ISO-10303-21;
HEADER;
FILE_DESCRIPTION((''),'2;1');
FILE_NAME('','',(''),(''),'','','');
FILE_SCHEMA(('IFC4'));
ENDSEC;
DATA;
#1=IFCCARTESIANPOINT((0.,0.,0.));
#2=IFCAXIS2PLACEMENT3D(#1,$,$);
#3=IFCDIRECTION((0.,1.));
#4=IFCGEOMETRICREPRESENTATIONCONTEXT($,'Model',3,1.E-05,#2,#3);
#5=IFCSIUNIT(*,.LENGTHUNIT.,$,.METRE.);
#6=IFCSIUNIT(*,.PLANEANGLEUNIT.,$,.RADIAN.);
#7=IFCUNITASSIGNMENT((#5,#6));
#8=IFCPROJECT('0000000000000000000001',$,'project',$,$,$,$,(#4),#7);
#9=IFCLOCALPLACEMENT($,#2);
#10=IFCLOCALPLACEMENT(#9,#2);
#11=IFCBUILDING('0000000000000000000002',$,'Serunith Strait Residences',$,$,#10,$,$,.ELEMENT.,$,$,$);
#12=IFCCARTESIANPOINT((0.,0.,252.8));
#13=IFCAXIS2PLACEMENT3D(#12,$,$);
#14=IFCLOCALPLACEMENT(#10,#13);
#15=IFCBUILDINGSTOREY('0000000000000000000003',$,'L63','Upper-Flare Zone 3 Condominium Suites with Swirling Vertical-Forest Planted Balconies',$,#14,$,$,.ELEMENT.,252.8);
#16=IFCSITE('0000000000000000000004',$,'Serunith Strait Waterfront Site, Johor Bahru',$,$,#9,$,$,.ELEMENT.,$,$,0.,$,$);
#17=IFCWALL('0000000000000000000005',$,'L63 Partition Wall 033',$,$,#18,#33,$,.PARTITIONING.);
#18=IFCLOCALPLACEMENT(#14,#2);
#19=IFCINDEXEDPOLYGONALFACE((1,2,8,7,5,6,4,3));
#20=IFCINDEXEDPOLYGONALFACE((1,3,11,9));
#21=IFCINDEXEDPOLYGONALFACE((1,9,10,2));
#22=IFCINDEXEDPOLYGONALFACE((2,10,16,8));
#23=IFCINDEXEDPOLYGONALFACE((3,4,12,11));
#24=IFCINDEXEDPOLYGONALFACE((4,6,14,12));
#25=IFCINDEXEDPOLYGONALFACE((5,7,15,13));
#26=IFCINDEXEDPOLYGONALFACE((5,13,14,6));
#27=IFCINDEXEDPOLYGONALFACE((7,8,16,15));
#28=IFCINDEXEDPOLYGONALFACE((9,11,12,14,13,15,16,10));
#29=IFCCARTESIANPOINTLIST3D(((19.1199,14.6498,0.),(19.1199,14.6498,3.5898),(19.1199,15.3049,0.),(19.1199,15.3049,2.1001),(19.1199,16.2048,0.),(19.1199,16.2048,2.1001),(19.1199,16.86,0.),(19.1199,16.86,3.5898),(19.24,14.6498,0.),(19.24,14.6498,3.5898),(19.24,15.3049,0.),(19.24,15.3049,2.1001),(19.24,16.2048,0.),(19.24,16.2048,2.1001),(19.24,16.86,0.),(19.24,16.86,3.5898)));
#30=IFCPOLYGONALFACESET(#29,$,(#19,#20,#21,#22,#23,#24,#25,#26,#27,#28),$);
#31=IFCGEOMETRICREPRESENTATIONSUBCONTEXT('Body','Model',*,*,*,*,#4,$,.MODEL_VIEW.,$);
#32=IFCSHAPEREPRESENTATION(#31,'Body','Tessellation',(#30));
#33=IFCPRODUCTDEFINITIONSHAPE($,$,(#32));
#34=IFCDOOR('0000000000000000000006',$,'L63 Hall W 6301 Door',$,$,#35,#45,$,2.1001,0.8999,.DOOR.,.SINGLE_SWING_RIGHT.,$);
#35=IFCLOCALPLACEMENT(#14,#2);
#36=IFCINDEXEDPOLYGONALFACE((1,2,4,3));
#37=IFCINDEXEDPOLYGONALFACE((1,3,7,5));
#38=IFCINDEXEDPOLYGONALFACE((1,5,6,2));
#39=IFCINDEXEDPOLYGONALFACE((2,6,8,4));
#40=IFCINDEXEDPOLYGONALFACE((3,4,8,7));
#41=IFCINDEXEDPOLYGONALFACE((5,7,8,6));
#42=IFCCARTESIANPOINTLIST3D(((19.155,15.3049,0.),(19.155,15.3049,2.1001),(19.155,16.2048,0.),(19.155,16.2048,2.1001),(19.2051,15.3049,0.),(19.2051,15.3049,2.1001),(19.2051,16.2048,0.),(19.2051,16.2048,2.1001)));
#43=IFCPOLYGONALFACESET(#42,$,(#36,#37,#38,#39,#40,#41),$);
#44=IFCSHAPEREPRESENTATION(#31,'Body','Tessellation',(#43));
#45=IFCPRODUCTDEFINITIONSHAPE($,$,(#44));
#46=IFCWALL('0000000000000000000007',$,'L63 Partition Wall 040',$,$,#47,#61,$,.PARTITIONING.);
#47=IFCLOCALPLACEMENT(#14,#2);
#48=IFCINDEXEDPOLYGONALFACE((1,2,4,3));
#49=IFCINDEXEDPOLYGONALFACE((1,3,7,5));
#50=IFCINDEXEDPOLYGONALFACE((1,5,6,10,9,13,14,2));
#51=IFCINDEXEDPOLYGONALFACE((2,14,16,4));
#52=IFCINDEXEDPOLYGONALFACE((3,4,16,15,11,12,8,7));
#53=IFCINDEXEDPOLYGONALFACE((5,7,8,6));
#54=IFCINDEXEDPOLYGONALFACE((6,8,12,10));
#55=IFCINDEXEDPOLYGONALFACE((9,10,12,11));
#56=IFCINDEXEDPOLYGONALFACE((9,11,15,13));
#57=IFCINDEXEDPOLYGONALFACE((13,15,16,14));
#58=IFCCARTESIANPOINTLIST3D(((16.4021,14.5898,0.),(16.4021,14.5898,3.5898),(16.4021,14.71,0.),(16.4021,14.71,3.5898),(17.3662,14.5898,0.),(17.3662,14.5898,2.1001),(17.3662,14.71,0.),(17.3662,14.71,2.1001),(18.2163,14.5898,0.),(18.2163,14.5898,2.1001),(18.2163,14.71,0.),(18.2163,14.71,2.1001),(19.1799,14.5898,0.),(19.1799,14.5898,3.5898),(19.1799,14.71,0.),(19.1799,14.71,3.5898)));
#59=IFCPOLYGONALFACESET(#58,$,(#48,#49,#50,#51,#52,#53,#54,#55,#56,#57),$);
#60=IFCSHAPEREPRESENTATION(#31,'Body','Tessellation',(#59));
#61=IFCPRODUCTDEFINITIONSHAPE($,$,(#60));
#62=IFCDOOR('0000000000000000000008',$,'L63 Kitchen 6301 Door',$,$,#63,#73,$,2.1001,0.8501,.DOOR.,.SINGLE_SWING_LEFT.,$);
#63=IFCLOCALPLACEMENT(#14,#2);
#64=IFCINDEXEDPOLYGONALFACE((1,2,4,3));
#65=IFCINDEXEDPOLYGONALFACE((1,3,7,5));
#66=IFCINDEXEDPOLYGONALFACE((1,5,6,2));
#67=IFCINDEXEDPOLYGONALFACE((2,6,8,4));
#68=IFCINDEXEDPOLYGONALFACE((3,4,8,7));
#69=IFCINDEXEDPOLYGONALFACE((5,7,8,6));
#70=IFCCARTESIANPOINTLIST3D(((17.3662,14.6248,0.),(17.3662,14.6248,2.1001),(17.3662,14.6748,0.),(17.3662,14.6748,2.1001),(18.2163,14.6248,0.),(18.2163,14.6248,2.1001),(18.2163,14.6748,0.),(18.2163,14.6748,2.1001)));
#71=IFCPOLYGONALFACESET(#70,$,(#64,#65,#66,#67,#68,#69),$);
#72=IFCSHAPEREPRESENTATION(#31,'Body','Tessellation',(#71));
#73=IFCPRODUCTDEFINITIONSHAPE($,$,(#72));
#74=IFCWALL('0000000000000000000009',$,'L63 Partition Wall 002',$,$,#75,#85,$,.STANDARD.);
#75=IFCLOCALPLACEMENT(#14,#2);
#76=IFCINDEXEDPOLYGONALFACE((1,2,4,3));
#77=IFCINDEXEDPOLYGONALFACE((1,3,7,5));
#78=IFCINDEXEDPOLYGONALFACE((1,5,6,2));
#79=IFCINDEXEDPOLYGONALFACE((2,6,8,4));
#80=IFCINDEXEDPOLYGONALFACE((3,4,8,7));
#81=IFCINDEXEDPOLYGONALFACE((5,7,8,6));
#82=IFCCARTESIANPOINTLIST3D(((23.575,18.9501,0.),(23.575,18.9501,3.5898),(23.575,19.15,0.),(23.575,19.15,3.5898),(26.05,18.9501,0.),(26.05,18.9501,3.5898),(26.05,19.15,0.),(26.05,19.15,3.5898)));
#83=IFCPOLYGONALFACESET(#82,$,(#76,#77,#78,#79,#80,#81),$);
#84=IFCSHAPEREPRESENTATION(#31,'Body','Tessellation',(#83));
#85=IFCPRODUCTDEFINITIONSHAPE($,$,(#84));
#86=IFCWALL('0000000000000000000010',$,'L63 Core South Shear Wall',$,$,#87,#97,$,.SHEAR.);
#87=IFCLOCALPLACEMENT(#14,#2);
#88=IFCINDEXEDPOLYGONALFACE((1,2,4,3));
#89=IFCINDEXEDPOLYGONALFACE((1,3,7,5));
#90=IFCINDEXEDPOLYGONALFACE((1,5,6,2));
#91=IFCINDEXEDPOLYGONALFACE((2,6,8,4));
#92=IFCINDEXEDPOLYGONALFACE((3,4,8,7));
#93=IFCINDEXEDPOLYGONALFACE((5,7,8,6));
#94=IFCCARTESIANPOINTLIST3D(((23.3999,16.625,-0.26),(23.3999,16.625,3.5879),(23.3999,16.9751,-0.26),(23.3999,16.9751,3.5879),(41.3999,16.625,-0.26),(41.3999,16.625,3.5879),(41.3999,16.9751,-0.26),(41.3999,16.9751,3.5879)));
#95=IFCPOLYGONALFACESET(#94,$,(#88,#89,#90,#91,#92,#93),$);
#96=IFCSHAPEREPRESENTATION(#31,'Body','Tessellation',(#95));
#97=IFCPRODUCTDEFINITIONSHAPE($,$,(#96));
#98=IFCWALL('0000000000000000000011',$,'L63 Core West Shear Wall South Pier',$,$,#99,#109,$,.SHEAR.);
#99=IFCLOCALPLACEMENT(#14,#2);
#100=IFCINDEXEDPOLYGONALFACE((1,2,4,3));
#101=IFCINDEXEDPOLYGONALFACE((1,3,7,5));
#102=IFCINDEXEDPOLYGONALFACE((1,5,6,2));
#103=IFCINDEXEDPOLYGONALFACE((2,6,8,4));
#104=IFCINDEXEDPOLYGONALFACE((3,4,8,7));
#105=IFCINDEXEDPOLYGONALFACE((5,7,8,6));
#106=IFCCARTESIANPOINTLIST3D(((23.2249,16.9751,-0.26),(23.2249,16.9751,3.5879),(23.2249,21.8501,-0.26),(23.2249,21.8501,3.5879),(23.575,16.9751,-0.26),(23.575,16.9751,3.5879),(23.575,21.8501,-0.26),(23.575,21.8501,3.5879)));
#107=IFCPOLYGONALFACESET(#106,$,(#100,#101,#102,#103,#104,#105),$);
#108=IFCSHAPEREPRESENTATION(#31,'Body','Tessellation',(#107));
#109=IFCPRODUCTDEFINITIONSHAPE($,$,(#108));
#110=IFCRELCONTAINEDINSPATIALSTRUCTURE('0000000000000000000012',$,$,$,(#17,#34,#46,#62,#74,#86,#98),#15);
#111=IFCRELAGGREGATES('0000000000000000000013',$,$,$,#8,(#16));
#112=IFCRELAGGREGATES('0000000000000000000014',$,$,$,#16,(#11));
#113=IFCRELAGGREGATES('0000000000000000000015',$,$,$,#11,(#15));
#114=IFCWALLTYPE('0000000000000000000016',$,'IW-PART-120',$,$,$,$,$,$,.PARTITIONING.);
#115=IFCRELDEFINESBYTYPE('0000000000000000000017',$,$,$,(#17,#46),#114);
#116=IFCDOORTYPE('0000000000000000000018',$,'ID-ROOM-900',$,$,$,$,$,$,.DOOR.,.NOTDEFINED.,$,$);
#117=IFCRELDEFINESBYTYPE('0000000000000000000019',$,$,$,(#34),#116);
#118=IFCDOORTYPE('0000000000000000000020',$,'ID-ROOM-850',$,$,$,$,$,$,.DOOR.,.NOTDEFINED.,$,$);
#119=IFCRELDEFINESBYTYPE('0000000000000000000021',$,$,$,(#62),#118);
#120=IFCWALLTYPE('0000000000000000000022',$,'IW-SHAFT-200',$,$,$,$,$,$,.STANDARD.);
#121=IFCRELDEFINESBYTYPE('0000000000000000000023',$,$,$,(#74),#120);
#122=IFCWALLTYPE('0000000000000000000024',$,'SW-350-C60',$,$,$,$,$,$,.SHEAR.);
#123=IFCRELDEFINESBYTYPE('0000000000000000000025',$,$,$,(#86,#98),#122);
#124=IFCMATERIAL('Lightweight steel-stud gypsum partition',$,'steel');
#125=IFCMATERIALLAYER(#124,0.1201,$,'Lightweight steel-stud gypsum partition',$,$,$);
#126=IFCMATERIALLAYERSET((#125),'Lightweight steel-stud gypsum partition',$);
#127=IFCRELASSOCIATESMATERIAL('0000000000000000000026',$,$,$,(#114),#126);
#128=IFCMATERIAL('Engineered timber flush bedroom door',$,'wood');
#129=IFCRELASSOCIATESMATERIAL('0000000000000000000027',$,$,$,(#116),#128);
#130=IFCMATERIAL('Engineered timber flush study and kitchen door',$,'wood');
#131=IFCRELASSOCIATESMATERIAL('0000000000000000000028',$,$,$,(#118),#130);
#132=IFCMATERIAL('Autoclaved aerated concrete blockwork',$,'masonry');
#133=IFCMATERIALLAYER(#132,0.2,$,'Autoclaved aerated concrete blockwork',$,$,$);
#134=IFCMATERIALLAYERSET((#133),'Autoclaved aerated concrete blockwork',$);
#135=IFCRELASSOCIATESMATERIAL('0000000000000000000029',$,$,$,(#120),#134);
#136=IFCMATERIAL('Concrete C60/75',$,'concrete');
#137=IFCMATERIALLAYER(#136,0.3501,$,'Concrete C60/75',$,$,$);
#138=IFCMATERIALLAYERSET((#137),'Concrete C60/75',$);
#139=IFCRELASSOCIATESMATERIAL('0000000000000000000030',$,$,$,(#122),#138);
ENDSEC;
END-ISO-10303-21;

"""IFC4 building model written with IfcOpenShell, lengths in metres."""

from ifc_helpers import new_model, si_unit, direction, frame, frame_2d, origin, place, context, subcontext, project, spatial, rectangle, extrude, source, transform, mapped, material, layer, layer_set, type_object, element, fill, save


model = new_model("IFC4")

# Units and contexts
model_context = context("Model", 3, precision=1e-05, world=origin(), true_north=direction((0.0, 1.0)))
body_context = subcontext(model_context, "Body", "Model", "MODEL_VIEW")
ifc_project = project(units=[si_unit("LENGTHUNIT", "METRE"), si_unit("PLANEANGLEUNIT", "RADIAN")], contexts=[model_context])

# Site, building, storey
site_placement = place(None, origin())
site = spatial("IfcSite", under=ifc_project, at=site_placement, Name="Serunith Strait Waterfront Site, Johor Bahru", CompositionType="ELEMENT", RefElevation=0.0)
building_placement = place(site_placement, origin())
building = spatial("IfcBuilding", under=site, at=building_placement, Name="Serunith Strait Residences", CompositionType="ELEMENT")
storey_placement = place(building_placement, frame((0.0, 0.0, 252.8)))
storey = spatial("IfcBuildingStorey", under=building, at=storey_placement, Name="L63", Description="Upper-Flare Zone 3 Condominium Suites with Swirling Vertical-Forest Planted Balconies", CompositionType="ELEMENT", Elevation=252.8)

# Walls, openings, doors
ifc_material_1 = material(Name="Lightweight steel-stud gypsum partition", Category="steel")
ifc_layer_1 = layer(ifc_material_1, 0.1201, Name="Lightweight steel-stud gypsum partition")
ifc_layer_set_1 = layer_set([ifc_layer_1], Name="Lightweight steel-stud gypsum partition")
wall_type_1 = type_object("IfcWallType", Name="IW-PART-120", PredefinedType="PARTITIONING", material=ifc_layer_set_1)
wall_1_placement = place(storey_placement, frame((19.1799, 14.6499, 0.0), z_axis=(0.0, 0.0, 1.0), x_axis=(0.0, 1.0, 0.0)))
wall_1 = element("IfcWall", 1, at=wall_1_placement, inside=storey, type_object=wall_type_1, Name="L63 Partition Wall 033", PredefinedType="PARTITIONING", context=body_context, shape_type="SweptSolid", body=[
    extrude(rectangle(XDim=2.2102, YDim=0.1201, at=frame_2d((1.105, 0.0))), origin(), (0.0, 0.0, 1.0), 3.5898),
])
opening_1_placement = place(wall_1_placement, frame((0.655, 0.0, 0.0)))
opening_1 = element("IfcOpeningElement", 2, at=opening_1_placement, cuts=wall_1, PredefinedType="OPENING", context=body_context, shape_type="SweptSolid", body=[
    extrude(rectangle(XDim=0.8999, YDim=2.1001, at=frame_2d((0.45, 1.05))), frame((0.0, 0.0701, 0.0), z_axis=(0.0, -1.0, 0.0), x_axis=(1.0, 0.0, 0.0)), (0.0, 0.0, 1.0), 0.1401),
])
ifc_material_2 = material(Name="Engineered timber flush bedroom door", Category="wood")
door_type_1 = type_object("IfcDoorType", Name="ID-ROOM-900", OperationType="NOTDEFINED", PredefinedType="DOOR", material=ifc_material_2)
shared_shape_1 = source(origin(), body_context, "Body", "SweptSolid", [
    extrude(rectangle(XDim=0.8999, YDim=2.1001, at=frame_2d((0.45, 1.05))), frame((0.0, 0.0249, 0.0), z_axis=(0.0, -1.0, 0.0), x_axis=(1.0, 0.0, 0.0)), (0.0, 0.0, 1.0), 0.05),
])
door_1_placement = place(opening_1_placement, origin())
door_1 = element("IfcDoor", 3, at=door_1_placement, inside=storey, type_object=door_type_1, Name="L63 Hall W 6301 Door", OperationType="SINGLE_SWING_RIGHT", OverallHeight=2.1001, OverallWidth=0.8999, PredefinedType="DOOR", context=body_context, shape_type="MappedRepresentation", body=[
    mapped(shared_shape_1, transform((0.0, 0.0, 0.0), scale=1.0)),
])
fill(opening_1, door_1)
wall_2_placement = place(storey_placement, frame((16.4021, 14.6499, 0.0), z_axis=(0.0, 0.0, 1.0), x_axis=(1.0, 0.0, 0.0)))
wall_2 = element("IfcWall", 4, at=wall_2_placement, inside=storey, type_object=wall_type_1, Name="L63 Partition Wall 040", PredefinedType="PARTITIONING", context=body_context, shape_type="SweptSolid", body=[
    extrude(rectangle(XDim=2.7778, YDim=0.1201, at=frame_2d((1.3889, 0.0))), origin(), (0.0, 0.0, 1.0), 3.5898),
])
opening_2_placement = place(wall_2_placement, frame((0.9641, 0.0, 0.0)))
opening_2 = element("IfcOpeningElement", 5, at=opening_2_placement, cuts=wall_2, PredefinedType="OPENING", context=body_context, shape_type="SweptSolid", body=[
    extrude(rectangle(XDim=0.8501, YDim=2.1001, at=frame_2d((0.425, 1.05))), frame((0.0, 0.0701, 0.0), z_axis=(0.0, -1.0, 0.0), x_axis=(1.0, 0.0, 0.0)), (0.0, 0.0, 1.0), 0.1401),
])
ifc_material_3 = material(Name="Engineered timber flush study and kitchen door", Category="wood")
door_type_2 = type_object("IfcDoorType", Name="ID-ROOM-850", OperationType="NOTDEFINED", PredefinedType="DOOR", material=ifc_material_3)
shared_shape_2 = source(origin(), body_context, "Body", "SweptSolid", [
    extrude(rectangle(XDim=0.8501, YDim=2.1001, at=frame_2d((0.425, 1.05))), frame((0.0, 0.0249, 0.0), z_axis=(0.0, -1.0, 0.0), x_axis=(1.0, 0.0, 0.0)), (0.0, 0.0, 1.0), 0.05),
])
door_2_placement = place(opening_2_placement, origin())
door_2 = element("IfcDoor", 6, at=door_2_placement, inside=storey, type_object=door_type_2, Name="L63 Kitchen 6301 Door", OperationType="SINGLE_SWING_LEFT", OverallHeight=2.1001, OverallWidth=0.8501, PredefinedType="DOOR", context=body_context, shape_type="MappedRepresentation", body=[
    mapped(shared_shape_2, transform((0.0, 0.0, 0.0), scale=1.0)),
])
fill(opening_2, door_2)

# Wall
ifc_material_4 = material(Name="Autoclaved aerated concrete blockwork", Category="masonry")
ifc_layer_2 = layer(ifc_material_4, 0.2, Name="Autoclaved aerated concrete blockwork")
ifc_layer_set_2 = layer_set([ifc_layer_2], Name="Autoclaved aerated concrete blockwork")
wall_type_2 = type_object("IfcWallType", Name="IW-SHAFT-200", PredefinedType="STANDARD", material=ifc_layer_set_2)
wall_3_placement = place(storey_placement, frame((23.575, 19.05, 0.0), z_axis=(0.0, 0.0, 1.0), x_axis=(1.0, 0.0, 0.0)))
element("IfcWall", 7, at=wall_3_placement, inside=storey, type_object=wall_type_2, Name="L63 Partition Wall 002", PredefinedType="STANDARD", context=body_context, shape_type="SweptSolid", body=[
    extrude(rectangle(XDim=2.4751, YDim=0.2, at=frame_2d((1.2375, 0.0))), origin(), (0.0, 0.0, 1.0), 3.5898),
])

# Walls
ifc_material_5 = material(Name="Concrete C60/75", Category="concrete")
ifc_layer_3 = layer(ifc_material_5, 0.3501, Name="Concrete C60/75")
ifc_layer_set_3 = layer_set([ifc_layer_3], Name="Concrete C60/75")
wall_type_3 = type_object("IfcWallType", Name="SW-350-C60", PredefinedType="SHEAR", material=ifc_layer_set_3)
wall_4_placement = place(storey_placement, frame((23.3999, 16.8, -0.26), z_axis=(0.0, 0.0, 1.0), x_axis=(1.0, 0.0, 0.0)))
element("IfcWall", 8, at=wall_4_placement, inside=storey, type_object=wall_type_3, Name="L63 Core South Shear Wall", PredefinedType="SHEAR", context=body_context, shape_type="SweptSolid", body=[
    extrude(rectangle(XDim=18.0, YDim=0.3501, at=frame_2d((9.0, 0.0))), origin(), (0.0, 0.0, 1.0), 3.8479),
])
wall_5_placement = place(storey_placement, frame((23.3999, 16.9751, -0.26), z_axis=(0.0, 0.0, 1.0), x_axis=(0.0, 1.0, 0.0)))
element("IfcWall", 9, at=wall_5_placement, inside=storey, type_object=wall_type_3, Name="L63 Core West Shear Wall South Pier", PredefinedType="SHEAR", context=body_context, shape_type="SweptSolid", body=[
    extrude(rectangle(XDim=4.875, YDim=0.3501, at=frame_2d((2.4375, 0.0))), origin(), (0.0, 0.0, 1.0), 3.8479),
])

save(model, "model.ifc")
